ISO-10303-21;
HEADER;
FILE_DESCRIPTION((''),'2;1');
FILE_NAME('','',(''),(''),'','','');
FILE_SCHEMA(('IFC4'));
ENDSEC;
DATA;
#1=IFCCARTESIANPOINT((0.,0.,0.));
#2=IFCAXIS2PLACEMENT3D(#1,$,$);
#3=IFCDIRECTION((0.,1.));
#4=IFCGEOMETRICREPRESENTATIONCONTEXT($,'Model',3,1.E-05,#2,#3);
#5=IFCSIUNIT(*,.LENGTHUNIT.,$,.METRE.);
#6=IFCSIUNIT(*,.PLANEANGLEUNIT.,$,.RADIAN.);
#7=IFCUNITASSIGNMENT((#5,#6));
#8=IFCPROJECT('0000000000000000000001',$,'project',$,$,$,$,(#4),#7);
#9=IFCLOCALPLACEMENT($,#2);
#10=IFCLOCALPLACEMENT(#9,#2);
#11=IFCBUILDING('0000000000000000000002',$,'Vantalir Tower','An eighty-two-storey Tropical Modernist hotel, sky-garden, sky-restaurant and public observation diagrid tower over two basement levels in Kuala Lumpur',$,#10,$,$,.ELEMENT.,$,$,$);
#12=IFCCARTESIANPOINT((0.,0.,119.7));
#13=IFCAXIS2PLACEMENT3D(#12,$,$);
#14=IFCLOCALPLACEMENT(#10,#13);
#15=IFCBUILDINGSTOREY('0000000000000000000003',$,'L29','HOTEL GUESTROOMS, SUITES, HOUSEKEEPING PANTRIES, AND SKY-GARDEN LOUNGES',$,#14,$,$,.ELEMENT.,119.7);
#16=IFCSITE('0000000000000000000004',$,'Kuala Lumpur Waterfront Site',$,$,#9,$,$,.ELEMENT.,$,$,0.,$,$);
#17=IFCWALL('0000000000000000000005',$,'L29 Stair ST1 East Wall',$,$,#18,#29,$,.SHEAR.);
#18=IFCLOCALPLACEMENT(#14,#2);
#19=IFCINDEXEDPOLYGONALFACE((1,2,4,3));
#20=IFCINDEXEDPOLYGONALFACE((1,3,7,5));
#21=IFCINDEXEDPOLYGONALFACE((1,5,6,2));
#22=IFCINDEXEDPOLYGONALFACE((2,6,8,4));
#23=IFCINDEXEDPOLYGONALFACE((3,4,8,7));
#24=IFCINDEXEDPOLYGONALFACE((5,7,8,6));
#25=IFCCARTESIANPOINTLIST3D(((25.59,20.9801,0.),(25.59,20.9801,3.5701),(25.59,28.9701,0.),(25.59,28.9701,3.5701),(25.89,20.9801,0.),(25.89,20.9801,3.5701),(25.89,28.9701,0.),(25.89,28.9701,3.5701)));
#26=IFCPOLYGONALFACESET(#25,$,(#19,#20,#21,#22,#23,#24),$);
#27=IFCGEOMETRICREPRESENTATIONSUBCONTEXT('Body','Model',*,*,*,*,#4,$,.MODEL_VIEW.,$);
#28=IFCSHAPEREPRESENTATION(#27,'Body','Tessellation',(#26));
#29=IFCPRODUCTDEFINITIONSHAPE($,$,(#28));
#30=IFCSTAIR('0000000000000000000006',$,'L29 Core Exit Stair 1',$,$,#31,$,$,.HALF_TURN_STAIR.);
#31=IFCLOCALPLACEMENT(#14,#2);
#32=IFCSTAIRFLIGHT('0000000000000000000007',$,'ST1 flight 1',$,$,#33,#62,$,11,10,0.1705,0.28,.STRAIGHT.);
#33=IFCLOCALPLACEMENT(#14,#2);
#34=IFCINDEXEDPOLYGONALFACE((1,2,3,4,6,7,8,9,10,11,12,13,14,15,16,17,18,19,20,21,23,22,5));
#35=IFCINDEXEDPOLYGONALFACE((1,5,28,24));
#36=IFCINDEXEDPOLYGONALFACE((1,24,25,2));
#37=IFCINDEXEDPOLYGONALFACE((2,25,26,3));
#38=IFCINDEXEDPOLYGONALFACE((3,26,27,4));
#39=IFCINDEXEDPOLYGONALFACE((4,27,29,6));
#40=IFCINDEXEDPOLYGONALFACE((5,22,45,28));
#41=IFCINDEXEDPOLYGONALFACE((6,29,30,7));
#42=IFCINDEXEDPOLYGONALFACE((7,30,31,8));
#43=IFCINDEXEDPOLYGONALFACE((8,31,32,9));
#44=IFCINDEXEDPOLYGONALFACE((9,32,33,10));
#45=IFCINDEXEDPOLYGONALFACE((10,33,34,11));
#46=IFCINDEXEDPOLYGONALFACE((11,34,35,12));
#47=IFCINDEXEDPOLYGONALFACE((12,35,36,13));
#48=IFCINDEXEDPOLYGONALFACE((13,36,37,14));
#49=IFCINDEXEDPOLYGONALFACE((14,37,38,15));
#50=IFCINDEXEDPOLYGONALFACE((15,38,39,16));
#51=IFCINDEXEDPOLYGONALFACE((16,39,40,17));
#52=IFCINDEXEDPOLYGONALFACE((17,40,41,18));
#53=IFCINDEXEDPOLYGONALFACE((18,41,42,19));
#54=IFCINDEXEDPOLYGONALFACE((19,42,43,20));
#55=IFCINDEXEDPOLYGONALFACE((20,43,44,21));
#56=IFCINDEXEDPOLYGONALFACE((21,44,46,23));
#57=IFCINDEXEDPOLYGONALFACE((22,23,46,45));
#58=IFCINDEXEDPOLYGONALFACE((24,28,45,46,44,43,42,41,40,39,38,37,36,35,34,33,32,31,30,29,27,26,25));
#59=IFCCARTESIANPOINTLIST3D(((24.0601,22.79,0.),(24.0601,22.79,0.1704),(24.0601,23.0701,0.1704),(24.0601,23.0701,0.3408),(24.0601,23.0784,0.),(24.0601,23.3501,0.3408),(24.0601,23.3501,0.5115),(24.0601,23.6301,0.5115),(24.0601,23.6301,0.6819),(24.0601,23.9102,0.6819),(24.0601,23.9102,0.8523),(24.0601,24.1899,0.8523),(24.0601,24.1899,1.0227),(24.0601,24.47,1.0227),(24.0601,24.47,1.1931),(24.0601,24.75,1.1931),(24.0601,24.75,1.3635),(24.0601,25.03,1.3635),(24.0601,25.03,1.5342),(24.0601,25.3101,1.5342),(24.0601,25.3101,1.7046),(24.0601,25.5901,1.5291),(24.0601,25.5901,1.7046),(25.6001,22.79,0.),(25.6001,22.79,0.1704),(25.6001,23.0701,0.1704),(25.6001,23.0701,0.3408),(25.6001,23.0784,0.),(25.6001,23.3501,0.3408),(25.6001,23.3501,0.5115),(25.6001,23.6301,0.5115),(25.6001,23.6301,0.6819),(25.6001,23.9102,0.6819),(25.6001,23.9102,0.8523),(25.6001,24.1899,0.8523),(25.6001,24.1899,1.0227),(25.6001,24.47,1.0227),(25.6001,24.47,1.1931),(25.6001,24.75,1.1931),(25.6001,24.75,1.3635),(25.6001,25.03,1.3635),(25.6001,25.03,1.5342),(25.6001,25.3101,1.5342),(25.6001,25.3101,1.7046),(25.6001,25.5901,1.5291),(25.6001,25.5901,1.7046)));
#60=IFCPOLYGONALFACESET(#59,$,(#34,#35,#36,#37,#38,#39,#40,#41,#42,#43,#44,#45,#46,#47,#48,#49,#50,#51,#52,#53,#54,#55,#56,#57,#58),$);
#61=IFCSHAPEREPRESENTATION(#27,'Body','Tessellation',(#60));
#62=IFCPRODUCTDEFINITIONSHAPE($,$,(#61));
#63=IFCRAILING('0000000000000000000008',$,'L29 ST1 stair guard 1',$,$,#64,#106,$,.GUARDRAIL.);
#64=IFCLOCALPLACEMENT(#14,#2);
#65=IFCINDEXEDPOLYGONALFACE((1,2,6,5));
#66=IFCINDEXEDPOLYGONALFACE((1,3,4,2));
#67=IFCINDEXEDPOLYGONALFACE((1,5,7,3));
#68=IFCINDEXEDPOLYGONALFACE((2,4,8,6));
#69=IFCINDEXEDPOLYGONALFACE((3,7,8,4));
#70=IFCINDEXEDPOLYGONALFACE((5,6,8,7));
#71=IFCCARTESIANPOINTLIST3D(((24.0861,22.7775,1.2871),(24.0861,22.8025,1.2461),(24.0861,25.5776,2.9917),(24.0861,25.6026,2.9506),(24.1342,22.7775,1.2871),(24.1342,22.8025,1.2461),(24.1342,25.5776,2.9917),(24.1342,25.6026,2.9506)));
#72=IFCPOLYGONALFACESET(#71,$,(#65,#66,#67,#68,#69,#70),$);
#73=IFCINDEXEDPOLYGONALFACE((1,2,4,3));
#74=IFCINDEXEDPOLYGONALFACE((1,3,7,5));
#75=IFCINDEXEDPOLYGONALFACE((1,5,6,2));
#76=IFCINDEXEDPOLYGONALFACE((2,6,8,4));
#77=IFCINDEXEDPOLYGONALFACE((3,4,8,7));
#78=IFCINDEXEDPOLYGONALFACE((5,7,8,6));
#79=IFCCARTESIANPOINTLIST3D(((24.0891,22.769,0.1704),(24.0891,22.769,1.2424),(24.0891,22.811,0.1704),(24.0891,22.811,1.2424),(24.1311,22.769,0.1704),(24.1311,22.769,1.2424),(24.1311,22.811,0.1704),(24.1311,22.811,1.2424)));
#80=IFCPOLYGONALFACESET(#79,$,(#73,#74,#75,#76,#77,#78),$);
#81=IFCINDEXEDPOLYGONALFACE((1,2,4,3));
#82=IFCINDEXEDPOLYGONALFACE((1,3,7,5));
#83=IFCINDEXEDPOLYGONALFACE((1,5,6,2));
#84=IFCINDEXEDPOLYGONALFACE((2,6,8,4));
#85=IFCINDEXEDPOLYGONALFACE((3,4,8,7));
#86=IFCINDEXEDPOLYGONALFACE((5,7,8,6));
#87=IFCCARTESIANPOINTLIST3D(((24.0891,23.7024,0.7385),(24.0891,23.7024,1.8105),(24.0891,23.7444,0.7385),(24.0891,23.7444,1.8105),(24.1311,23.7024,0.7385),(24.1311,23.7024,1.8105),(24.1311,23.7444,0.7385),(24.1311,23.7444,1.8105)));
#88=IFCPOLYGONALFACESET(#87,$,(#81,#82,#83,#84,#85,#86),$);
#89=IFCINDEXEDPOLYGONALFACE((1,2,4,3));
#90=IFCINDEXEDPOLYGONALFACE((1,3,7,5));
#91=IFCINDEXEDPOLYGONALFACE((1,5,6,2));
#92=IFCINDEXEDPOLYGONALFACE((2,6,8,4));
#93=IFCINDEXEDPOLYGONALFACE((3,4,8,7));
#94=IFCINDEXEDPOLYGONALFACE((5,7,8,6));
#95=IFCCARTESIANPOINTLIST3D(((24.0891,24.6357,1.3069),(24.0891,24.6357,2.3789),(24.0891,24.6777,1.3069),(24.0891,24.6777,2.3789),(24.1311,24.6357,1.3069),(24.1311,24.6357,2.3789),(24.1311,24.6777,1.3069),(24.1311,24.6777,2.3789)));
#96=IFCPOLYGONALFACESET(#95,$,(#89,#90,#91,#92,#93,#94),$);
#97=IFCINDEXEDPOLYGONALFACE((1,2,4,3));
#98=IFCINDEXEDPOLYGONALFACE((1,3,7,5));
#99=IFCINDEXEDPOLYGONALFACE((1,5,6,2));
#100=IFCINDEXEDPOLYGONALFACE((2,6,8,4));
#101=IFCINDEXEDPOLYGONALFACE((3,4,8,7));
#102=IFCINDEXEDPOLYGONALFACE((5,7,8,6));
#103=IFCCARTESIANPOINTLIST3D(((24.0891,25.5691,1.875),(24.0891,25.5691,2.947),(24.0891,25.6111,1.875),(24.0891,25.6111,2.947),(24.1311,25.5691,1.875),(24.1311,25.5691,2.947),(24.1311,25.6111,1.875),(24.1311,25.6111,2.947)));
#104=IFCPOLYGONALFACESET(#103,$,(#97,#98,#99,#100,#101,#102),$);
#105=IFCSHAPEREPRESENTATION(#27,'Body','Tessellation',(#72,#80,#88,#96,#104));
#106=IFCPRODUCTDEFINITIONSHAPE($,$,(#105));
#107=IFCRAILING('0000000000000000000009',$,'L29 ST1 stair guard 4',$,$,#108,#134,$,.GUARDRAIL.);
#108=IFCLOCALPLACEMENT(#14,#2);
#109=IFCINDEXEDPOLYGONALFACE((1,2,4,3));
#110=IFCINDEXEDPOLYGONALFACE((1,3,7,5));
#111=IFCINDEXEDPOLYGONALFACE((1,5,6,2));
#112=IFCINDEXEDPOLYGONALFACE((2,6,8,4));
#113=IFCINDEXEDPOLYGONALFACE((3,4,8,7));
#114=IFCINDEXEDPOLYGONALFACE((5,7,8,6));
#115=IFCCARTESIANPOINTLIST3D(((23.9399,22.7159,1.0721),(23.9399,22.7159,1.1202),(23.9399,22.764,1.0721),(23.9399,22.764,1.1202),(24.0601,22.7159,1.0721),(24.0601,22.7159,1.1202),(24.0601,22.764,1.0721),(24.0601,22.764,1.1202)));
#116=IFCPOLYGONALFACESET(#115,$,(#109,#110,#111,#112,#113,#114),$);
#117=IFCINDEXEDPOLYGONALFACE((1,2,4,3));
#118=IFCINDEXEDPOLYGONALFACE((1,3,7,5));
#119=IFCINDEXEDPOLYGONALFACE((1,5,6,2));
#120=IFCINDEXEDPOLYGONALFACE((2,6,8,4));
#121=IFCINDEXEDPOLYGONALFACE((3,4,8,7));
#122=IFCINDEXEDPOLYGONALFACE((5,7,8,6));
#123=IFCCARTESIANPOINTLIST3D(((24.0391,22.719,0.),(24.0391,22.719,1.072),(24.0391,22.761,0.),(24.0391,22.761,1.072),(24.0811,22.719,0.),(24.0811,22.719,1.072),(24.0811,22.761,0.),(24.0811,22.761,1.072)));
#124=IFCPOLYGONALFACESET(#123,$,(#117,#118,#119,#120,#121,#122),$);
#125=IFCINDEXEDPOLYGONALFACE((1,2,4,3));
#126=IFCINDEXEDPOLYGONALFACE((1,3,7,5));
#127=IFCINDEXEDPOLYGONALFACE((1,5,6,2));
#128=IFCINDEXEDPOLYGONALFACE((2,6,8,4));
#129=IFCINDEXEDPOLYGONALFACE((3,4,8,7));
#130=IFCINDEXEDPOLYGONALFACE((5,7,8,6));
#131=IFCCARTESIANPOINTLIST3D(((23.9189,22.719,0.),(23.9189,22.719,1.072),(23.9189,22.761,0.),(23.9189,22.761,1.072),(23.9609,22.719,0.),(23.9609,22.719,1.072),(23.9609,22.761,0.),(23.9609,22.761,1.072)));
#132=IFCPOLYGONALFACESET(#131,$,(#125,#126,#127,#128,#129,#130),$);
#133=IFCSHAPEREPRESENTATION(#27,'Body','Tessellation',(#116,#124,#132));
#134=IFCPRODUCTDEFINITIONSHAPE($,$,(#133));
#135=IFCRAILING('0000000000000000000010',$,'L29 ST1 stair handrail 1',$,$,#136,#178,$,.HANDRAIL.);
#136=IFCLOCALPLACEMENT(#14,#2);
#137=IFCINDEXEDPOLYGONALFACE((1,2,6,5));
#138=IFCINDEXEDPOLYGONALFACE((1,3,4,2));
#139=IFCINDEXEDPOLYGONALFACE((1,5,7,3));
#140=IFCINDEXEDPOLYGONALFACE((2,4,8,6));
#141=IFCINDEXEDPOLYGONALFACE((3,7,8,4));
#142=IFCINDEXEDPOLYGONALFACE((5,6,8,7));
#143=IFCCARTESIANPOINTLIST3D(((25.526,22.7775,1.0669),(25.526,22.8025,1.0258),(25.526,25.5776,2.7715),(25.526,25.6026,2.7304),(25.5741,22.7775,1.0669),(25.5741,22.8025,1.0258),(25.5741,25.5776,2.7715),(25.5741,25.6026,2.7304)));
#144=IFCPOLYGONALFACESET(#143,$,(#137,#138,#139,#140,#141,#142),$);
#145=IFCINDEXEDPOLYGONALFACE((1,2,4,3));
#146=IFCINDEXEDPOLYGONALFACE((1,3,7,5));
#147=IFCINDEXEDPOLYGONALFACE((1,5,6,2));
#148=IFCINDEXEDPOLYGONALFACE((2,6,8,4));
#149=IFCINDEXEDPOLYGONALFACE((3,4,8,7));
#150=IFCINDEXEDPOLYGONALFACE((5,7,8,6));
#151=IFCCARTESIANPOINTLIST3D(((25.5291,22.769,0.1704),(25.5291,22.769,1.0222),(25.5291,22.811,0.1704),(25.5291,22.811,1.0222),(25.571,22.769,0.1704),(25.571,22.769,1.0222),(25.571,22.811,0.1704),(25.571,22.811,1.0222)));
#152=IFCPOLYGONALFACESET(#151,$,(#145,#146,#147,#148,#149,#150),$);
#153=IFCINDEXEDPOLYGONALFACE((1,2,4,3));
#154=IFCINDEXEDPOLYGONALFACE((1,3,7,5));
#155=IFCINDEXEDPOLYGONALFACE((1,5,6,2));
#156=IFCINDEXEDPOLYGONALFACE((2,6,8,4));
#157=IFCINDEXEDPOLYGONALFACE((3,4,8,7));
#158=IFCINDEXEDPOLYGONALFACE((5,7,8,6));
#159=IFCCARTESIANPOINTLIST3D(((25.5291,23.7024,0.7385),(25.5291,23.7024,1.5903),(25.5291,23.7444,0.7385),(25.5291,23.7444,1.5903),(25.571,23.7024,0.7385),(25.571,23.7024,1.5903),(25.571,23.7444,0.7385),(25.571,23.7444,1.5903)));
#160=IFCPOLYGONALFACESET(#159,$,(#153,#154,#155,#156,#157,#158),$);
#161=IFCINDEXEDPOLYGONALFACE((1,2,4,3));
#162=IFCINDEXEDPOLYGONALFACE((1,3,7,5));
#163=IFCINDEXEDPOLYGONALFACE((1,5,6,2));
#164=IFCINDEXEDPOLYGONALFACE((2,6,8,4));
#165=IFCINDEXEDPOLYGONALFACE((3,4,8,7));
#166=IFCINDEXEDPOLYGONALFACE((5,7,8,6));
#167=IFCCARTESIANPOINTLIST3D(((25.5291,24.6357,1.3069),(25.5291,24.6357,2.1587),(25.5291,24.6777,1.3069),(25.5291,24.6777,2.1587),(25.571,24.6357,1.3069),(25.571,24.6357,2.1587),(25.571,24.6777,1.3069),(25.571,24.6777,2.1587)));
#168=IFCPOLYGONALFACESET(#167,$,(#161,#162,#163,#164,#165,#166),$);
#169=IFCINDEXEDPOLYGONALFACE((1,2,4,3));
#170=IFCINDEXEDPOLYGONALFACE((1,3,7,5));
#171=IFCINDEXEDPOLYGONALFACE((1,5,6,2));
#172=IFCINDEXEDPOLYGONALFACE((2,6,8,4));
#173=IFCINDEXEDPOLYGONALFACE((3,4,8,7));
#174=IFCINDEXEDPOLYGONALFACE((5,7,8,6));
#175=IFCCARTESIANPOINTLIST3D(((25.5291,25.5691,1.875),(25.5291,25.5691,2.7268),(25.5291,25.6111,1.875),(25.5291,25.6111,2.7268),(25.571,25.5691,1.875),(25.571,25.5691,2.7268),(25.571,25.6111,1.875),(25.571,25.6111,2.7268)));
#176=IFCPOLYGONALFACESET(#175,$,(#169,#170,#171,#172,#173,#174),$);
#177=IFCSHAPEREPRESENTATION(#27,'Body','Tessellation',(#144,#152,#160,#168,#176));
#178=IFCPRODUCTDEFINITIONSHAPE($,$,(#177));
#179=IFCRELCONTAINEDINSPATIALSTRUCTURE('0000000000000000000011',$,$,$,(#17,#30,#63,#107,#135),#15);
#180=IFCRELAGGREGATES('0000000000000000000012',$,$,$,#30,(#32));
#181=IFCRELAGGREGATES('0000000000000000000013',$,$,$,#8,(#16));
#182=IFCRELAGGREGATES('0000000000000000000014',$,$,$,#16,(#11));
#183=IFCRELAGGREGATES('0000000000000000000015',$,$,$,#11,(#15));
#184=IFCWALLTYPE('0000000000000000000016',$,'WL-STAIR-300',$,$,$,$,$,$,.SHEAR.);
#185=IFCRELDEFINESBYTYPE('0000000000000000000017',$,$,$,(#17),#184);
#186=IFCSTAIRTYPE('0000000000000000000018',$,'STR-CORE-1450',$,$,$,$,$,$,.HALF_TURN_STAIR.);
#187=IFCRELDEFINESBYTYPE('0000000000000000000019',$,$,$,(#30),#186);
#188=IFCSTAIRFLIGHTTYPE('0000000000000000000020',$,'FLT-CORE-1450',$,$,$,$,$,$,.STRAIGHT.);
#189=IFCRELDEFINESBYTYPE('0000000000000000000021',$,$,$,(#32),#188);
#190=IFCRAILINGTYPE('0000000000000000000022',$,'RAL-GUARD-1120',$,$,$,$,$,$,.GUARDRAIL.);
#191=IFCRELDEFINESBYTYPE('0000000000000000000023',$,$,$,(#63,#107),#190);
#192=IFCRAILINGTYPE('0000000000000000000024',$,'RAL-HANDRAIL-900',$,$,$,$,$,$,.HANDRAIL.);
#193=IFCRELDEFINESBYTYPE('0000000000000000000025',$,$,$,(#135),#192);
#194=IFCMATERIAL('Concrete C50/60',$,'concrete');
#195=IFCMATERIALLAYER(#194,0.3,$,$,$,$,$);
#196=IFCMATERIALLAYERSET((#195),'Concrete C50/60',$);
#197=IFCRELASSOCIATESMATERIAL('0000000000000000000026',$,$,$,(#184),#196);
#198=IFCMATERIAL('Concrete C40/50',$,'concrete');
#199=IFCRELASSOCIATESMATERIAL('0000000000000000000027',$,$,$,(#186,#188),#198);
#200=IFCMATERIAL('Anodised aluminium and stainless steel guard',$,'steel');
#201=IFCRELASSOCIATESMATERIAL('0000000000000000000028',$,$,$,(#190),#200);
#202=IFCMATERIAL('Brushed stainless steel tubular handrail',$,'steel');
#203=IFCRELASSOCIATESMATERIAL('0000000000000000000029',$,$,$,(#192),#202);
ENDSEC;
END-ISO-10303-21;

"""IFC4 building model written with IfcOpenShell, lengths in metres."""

from ifc_helpers import new_model, si_unit, direction, frame, frame_2d, origin, origin_2d, place, context, subcontext, project, spatial, polyline, rectangle, outline, extrude, material, layer, layer_set, type_object, element, aggregate, save


model = new_model("IFC4")

# Units and contexts
model_context = context("Model", 3, precision=1e-05, world=origin(), true_north=direction((0.0, 1.0)))
body_context = subcontext(model_context, "Body", "Model", "MODEL_VIEW")
ifc_project = project(units=[si_unit("LENGTHUNIT", "METRE"), si_unit("PLANEANGLEUNIT", "RADIAN")], contexts=[model_context])

# Site, building, storey
site_placement = place(None, origin())
site = spatial("IfcSite", under=ifc_project, at=site_placement, Name="Kuala Lumpur Waterfront Site", CompositionType="ELEMENT", RefElevation=0.0)
building_placement = place(site_placement, origin())
building = spatial("IfcBuilding", under=site, at=building_placement, Name="Vantalir Tower", Description="An eighty-two-storey Tropical Modernist hotel, sky-garden, sky-restaurant and public observation diagrid tower over two basement levels in Kuala Lumpur", CompositionType="ELEMENT")
storey_placement = place(building_placement, frame((0.0, 0.0, 119.7)))
storey = spatial("IfcBuildingStorey", under=building, at=storey_placement, Name="L29", Description="HOTEL GUESTROOMS, SUITES, HOUSEKEEPING PANTRIES, AND SKY-GARDEN LOUNGES", CompositionType="ELEMENT", Elevation=119.7)

# Shared definitions
ifc_material_1 = material(Name="Concrete C50/60", Category="concrete")
ifc_layer_1 = layer(ifc_material_1, 0.3)
ifc_layer_set_1 = layer_set([ifc_layer_1], Name="Concrete C50/60")
wall_type_1 = type_object("IfcWallType", Name="WL-STAIR-300", PredefinedType="SHEAR", material=ifc_layer_set_1)

# Wall
wall_1_placement = place(storey_placement, frame((25.74, 20.98, 0.0), z_axis=(0.0, 0.0, 1.0), x_axis=(0.0, 1.0, 0.0)))
element("IfcWall", 1, at=wall_1_placement, inside=storey, type_object=wall_type_1, Name="L29 Stair ST1 East Wall", PredefinedType="SHEAR", context=body_context, shape_type="SweptSolid", body=[
    extrude(rectangle(XDim=7.99, YDim=0.3, at=frame_2d((3.9951, 0.0))), origin(), (0.0, 0.0, 1.0), 3.5701),
])

# Stair, stair flight
ifc_material_2 = material(Name="Concrete C40/50", Category="concrete")
stair_type = type_object("IfcStairType", Name="STR-CORE-1450", PredefinedType="HALF_TURN_STAIR", material=ifc_material_2)
stair_placement = place(storey_placement, origin())
stair = element("IfcStair", 2, at=stair_placement, inside=storey, type_object=stair_type, Name="L29 Core Exit Stair 1", PredefinedType="HALF_TURN_STAIR")
stair_flight_type = type_object("IfcStairFlightType", Name="FLT-CORE-1450", PredefinedType="STRAIGHT", material=ifc_material_2)
stair_flight_placement = place(storey_placement, frame((24.8301, 22.79, 0.0), z_axis=(0.0, 0.0, 1.0), x_axis=(0.0, 1.0, 0.0)))
stair_flight = element("IfcStairFlight", 3, at=stair_flight_placement, type_object=stair_flight_type, Name="ST1 flight 1", NumberOfRisers=11, NumberOfTreads=10, PredefinedType="STRAIGHT", RiserHeight=0.1705, TreadLength=0.28, context=body_context, shape_type="SweptSolid", body=[
    extrude(outline(polyline([(0.0, 0.0), (0.0, 0.1704), (0.28, 0.1704), (0.28, 0.3408), (0.5601, 0.3408), (0.5601, 0.5115), (0.8401, 0.5115), (0.8401, 0.6819), (1.1201, 0.6819), (1.1201, 0.8523), (1.3999, 0.8523), (1.3999, 1.0227), (1.6799, 1.0227), (1.6799, 1.1931), (1.96, 1.1931), (1.96, 1.3635), (2.24, 1.3635), (2.24, 1.5342), (2.52, 1.5342), (2.52, 1.7046), (2.8, 1.7046), (2.8, 1.875), (2.8, 1.5291), (0.2883, 0.0), (0.0, 0.0)])), frame((0.0, 0.77, 0.0), z_axis=(0.0, -1.0, 0.0), x_axis=(1.0, 0.0, 0.0)), (0.0, 0.0, 1.0), 1.54),
])
aggregate(stair, [stair_flight])

# Railings
ifc_material_3 = material(Name="Anodised aluminium and stainless steel guard", Category="steel")
railing_type_1 = type_object("IfcRailingType", Name="RAL-GUARD-1120", PredefinedType="GUARDRAIL", material=ifc_material_3)
railing_1_placement = place(storey_placement, frame((24.1101, 22.79, 0.1704)))
element("IfcRailing", 4, at=railing_1_placement, inside=storey, type_object=railing_type_1, Name="L29 ST1 stair guard 1", PredefinedType="GUARDRAIL", context=body_context, shape_type="SweptSolid", body=[
    extrude(rectangle(XDim=0.0481, YDim=0.0481, at=origin_2d()), frame((0.0, 0.0, 1.0962), z_axis=(0.0, 0.85417, 0.519994), x_axis=(-1.0, 0.0, 0.0)), (0.0, 0.0, 1.0), 3.2781),
    extrude(rectangle(XDim=0.042, YDim=0.042, at=origin_2d()), origin(), (0.0, 0.0, 1.0), 1.072),
    extrude(rectangle(XDim=0.042, YDim=0.042, at=origin_2d()), frame((0.0, 0.9333, 0.5681)), (0.0, 0.0, 1.0), 1.072),
    extrude(rectangle(XDim=0.042, YDim=0.042, at=origin_2d()), frame((0.0, 1.8667, 1.1365)), (0.0, 0.0, 1.0), 1.072),
    extrude(rectangle(XDim=0.042, YDim=0.042, at=origin_2d()), frame((0.0, 2.8, 1.7046)), (0.0, 0.0, 1.0), 1.072),
])
railing_2_placement = place(storey_placement, frame((24.0601, 22.74, 0.0)))
element("IfcRailing", 5, at=railing_2_placement, inside=storey, type_object=railing_type_1, Name="L29 ST1 stair guard 4", PredefinedType="GUARDRAIL", context=body_context, shape_type="SweptSolid", body=[
    extrude(rectangle(XDim=0.0481, YDim=0.0481, at=origin_2d()), frame((0.0, 0.0, 1.0962), z_axis=(-1.0, 0.0, 0.0), x_axis=(0.0, -1.0, 0.0)), (0.0, 0.0, 1.0), 0.1201),
    extrude(rectangle(XDim=0.042, YDim=0.042, at=origin_2d()), origin(), (0.0, 0.0, 1.0), 1.072),
    extrude(rectangle(XDim=0.042, YDim=0.042, at=origin_2d()), frame((-0.1201, 0.0, 0.0)), (0.0, 0.0, 1.0), 1.072),
])
ifc_material_4 = material(Name="Brushed stainless steel tubular handrail", Category="steel")
railing_type_2 = type_object("IfcRailingType", Name="RAL-HANDRAIL-900", PredefinedType="HANDRAIL", material=ifc_material_4)
railing_3_placement = place(storey_placement, frame((25.55, 22.79, 0.1704)))
element("IfcRailing", 6, at=railing_3_placement, inside=storey, type_object=railing_type_2, Name="L29 ST1 stair handrail 1", PredefinedType="HANDRAIL", context=body_context, shape_type="SweptSolid", body=[
    extrude(rectangle(XDim=0.0481, YDim=0.0481, at=origin_2d()), frame((0.0, 0.0, 0.876), z_axis=(0.0, 0.85417, 0.519994), x_axis=(-1.0, 0.0, 0.0)), (0.0, 0.0, 1.0), 3.2781),
    extrude(rectangle(XDim=0.042, YDim=0.042, at=origin_2d()), origin(), (0.0, 0.0, 1.0), 0.8518),
    extrude(rectangle(XDim=0.042, YDim=0.042, at=origin_2d()), frame((0.0, 0.9333, 0.5681)), (0.0, 0.0, 1.0), 0.8518),
    extrude(rectangle(XDim=0.042, YDim=0.042, at=origin_2d()), frame((0.0, 1.8667, 1.1365)), (0.0, 0.0, 1.0), 0.8518),
    extrude(rectangle(XDim=0.042, YDim=0.042, at=origin_2d()), frame((0.0, 2.8, 1.7046)), (0.0, 0.0, 1.0), 0.8518),
])

save(model, "model.ifc")
